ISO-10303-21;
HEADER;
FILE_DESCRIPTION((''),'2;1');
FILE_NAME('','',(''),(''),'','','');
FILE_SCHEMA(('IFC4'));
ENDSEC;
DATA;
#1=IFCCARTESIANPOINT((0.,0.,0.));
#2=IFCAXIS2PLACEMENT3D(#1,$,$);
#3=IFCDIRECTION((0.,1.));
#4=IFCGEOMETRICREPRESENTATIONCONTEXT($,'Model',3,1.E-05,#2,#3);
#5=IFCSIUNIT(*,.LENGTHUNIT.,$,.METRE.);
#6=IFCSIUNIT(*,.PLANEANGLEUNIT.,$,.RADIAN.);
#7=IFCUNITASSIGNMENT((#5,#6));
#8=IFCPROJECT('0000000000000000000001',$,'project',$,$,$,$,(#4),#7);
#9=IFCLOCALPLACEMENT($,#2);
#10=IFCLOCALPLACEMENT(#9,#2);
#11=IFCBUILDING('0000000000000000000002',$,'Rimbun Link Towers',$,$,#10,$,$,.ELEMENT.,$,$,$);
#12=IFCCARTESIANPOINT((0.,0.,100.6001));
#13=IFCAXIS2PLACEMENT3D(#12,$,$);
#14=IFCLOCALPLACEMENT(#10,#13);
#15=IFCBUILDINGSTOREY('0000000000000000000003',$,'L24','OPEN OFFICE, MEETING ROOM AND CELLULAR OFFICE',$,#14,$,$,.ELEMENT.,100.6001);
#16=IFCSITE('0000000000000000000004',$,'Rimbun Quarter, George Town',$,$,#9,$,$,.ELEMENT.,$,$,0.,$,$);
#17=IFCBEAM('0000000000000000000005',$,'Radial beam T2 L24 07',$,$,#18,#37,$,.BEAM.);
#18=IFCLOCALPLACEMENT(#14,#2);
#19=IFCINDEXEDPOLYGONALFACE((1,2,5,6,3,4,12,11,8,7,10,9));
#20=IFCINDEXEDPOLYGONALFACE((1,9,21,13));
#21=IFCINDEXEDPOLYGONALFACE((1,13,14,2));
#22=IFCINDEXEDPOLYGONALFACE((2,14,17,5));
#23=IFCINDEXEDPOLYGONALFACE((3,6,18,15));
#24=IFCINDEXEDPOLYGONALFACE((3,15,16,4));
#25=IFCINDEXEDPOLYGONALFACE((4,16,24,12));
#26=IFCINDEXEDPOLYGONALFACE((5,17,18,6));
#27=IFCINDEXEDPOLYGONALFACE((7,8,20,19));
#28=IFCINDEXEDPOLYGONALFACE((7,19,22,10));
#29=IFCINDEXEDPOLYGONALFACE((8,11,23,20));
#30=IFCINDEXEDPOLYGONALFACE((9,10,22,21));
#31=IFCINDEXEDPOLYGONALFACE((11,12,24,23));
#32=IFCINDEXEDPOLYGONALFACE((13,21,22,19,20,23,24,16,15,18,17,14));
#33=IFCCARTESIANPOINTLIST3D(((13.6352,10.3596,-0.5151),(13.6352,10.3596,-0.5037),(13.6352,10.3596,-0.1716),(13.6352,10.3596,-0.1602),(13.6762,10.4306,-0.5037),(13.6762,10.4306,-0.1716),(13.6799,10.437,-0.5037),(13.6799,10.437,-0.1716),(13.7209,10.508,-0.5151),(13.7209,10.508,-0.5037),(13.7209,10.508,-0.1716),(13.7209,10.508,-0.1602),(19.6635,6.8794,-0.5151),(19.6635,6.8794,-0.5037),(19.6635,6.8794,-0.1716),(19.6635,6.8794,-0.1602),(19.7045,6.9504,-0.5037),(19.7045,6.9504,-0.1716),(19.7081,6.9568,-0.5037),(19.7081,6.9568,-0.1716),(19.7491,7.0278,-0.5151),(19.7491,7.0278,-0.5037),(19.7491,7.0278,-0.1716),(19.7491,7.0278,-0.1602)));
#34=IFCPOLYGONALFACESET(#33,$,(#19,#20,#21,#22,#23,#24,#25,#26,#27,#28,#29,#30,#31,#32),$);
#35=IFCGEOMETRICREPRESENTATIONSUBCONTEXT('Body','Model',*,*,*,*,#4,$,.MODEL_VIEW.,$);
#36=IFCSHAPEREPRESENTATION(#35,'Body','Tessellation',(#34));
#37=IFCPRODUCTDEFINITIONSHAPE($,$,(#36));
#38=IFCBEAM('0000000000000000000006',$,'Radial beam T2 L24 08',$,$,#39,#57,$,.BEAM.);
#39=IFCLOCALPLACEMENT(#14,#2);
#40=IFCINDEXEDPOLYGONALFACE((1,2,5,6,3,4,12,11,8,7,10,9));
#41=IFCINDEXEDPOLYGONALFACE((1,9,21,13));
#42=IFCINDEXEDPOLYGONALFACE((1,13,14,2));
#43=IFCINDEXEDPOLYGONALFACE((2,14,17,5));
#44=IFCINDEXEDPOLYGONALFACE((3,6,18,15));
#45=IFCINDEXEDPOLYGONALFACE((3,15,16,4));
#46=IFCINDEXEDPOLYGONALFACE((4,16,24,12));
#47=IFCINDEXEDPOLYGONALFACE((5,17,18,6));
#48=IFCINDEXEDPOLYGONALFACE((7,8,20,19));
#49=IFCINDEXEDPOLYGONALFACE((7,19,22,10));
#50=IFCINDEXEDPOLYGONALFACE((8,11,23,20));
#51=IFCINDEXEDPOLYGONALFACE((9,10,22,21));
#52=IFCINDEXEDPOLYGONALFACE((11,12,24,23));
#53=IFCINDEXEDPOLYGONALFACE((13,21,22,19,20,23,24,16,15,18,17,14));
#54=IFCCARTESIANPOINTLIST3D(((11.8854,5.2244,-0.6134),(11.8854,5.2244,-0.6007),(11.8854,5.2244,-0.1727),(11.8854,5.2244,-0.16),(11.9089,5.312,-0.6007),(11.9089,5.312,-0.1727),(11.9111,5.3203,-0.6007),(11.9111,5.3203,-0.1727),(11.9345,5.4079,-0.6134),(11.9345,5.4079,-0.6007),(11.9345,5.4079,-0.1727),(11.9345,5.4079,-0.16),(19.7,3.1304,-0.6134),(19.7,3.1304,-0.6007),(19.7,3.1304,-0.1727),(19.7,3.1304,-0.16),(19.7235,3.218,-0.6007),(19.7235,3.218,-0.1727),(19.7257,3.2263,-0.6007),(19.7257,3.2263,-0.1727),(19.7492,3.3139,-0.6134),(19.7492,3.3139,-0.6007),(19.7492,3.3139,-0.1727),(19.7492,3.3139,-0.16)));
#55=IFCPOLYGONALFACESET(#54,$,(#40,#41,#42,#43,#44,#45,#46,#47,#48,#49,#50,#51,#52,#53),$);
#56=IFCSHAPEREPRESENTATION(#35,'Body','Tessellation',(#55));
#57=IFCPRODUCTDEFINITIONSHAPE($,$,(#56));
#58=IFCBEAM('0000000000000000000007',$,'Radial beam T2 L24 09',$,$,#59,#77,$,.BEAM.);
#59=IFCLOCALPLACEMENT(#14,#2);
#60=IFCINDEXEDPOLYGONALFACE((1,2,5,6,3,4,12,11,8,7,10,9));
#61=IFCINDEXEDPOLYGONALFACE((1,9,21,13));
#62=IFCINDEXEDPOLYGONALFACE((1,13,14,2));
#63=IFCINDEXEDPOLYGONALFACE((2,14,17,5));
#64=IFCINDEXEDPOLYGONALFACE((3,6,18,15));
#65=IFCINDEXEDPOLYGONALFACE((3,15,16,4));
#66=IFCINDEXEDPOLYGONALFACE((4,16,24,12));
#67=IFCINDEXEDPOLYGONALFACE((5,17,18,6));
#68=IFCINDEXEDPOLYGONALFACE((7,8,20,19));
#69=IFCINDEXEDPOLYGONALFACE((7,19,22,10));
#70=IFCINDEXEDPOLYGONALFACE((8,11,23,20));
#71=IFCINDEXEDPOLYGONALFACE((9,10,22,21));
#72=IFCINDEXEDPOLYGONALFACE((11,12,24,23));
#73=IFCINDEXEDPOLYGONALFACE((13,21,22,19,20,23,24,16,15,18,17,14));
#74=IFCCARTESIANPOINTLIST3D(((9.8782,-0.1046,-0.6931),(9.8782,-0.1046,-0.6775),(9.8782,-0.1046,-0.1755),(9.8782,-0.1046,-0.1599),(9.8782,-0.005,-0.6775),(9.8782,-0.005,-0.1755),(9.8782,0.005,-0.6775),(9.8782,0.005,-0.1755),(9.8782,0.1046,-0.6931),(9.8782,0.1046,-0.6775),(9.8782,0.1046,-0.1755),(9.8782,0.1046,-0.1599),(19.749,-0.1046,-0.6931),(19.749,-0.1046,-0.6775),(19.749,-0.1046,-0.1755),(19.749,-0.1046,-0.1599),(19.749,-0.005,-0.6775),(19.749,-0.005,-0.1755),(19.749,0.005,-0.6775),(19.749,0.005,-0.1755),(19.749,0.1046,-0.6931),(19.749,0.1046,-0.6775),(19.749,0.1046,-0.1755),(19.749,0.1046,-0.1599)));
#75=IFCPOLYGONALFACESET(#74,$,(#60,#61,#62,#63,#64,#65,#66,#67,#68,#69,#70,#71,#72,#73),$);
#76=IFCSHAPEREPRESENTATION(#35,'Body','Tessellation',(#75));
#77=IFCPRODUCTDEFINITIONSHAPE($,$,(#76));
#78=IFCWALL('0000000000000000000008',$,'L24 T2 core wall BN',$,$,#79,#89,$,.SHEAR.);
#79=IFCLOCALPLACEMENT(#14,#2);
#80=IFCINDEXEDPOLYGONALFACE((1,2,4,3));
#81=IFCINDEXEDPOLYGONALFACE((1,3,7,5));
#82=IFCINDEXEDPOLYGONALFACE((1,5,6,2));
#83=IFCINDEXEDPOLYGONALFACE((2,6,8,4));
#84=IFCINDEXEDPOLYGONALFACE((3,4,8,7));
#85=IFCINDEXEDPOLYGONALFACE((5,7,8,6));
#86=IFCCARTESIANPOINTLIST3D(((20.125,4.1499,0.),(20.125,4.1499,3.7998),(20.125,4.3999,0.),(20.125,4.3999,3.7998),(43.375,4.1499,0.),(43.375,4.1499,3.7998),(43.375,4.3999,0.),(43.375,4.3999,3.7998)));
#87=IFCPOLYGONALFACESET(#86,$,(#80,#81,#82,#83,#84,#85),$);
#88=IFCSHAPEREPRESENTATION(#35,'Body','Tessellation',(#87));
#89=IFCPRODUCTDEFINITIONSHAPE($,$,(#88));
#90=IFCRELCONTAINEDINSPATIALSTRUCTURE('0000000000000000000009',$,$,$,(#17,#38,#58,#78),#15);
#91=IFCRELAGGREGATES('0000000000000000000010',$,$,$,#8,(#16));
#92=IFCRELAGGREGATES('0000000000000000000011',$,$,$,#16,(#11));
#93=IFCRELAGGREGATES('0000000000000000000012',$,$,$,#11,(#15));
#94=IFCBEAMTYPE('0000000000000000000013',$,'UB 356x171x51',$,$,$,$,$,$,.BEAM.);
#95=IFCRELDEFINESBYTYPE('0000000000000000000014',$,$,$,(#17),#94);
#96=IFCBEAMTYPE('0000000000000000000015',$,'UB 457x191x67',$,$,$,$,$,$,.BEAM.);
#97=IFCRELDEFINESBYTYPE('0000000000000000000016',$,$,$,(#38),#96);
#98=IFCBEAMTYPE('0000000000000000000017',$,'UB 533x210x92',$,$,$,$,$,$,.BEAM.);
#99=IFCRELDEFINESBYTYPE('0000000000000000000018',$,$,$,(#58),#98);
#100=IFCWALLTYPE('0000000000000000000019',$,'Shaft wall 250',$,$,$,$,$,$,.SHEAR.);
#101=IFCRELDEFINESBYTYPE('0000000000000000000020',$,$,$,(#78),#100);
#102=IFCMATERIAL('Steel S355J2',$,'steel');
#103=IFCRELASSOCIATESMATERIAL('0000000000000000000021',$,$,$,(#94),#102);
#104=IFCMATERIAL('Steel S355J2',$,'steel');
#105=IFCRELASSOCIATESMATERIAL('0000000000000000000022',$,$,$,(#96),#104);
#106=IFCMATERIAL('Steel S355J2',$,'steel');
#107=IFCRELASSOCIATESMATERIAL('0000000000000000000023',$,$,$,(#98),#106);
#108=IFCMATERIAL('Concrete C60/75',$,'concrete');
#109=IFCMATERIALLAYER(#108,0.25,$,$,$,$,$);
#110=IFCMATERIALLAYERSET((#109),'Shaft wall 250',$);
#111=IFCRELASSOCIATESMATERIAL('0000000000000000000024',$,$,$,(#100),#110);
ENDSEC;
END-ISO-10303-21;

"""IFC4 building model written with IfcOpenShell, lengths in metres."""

from ifc_helpers import new_model, si_unit, direction, frame, frame_2d, origin, origin_2d, place, context, subcontext, project, spatial, rectangle, i_section, extrude, material, layer, layer_set, material_profile, profile_set, type_object, element, save


model = new_model("IFC4")

# Units and contexts
model_context = context("Model", 3, precision=1e-05, world=origin(), true_north=direction((0.0, 1.0)))
body_context = subcontext(model_context, "Body", "Model", "MODEL_VIEW")
ifc_project = project(units=[si_unit("LENGTHUNIT", "METRE"), si_unit("PLANEANGLEUNIT", "RADIAN")], contexts=[model_context])

# Site, building, storey
site_placement = place(None, origin())
site = spatial("IfcSite", under=ifc_project, at=site_placement, Name="Rimbun Quarter, George Town", CompositionType="ELEMENT", RefElevation=0.0)
building_placement = place(site_placement, origin())
building = spatial("IfcBuilding", under=site, at=building_placement, Name="Rimbun Link Towers", CompositionType="ELEMENT")
storey_placement = place(building_placement, frame((0.0, 0.0, 100.6001)))
storey = spatial("IfcBuildingStorey", under=building, at=storey_placement, Name="L24", Description="OPEN OFFICE, MEETING ROOM AND CELLULAR OFFICE", CompositionType="ELEMENT", Elevation=100.6001)

# Beams
ifc_material_1 = material(Name="Steel S355J2", Category="steel")
ifc_material_profile_1 = material_profile(ifc_material_1, i_section(OverallWidth=0.1714, OverallDepth=0.355, WebThickness=0.0073, FlangeThickness=0.0115, at=origin_2d()), Name="UB 356x171x51")
ifc_profile_set_1 = profile_set([ifc_material_profile_1], Name="Steel S355J2")
beam_type_1 = type_object("IfcBeamType", Name="UB 356x171x51", PredefinedType="BEAM", material=ifc_profile_set_1)
beam_1_placement = place(storey_placement, frame((19.7063, 6.9536, -0.3376), z_axis=(-0.86604, 0.499975, 0.0), x_axis=(-0.499975, -0.86604, 0.0)))
element("IfcBeam", 1, at=beam_1_placement, inside=storey, type_object=beam_type_1, Name="Radial beam T2 L24 07", PredefinedType="BEAM", context=body_context, shape_type="SweptSolid", body=[
    extrude(i_section(OverallWidth=0.1714, OverallDepth=0.355, WebThickness=0.0073, FlangeThickness=0.0115, at=origin_2d()), origin(), (0.0, 0.0, 1.0), 6.9607),
])
ifc_material_2 = material(Name="Steel S355J2", Category="steel")
ifc_material_profile_2 = material_profile(ifc_material_2, i_section(OverallWidth=0.1899, OverallDepth=0.4534, WebThickness=0.0085, FlangeThickness=0.0127, at=origin_2d()), Name="UB 457x191x67")
ifc_profile_set_2 = profile_set([ifc_material_profile_2], Name="Steel S355J2")
beam_type_2 = type_object("IfcBeamType", Name="UB 457x191x67", PredefinedType="BEAM", material=ifc_profile_set_2)
beam_2_placement = place(storey_placement, frame((19.7246, 3.2222, -0.3867), z_axis=(-0.965924, 0.258825, 0.0), x_axis=(-0.258825, -0.965924, 0.0)))
element("IfcBeam", 2, at=beam_2_placement, inside=storey, type_object=beam_type_2, Name="Radial beam T2 L24 08", PredefinedType="BEAM", context=body_context, shape_type="SweptSolid", body=[
    extrude(i_section(OverallWidth=0.1899, OverallDepth=0.4534, WebThickness=0.0085, FlangeThickness=0.0127, at=origin_2d()), origin(), (0.0, 0.0, 1.0), 8.0903),
])
ifc_material_3 = material(Name="Steel S355J2", Category="steel")
ifc_material_profile_3 = material_profile(ifc_material_3, i_section(OverallWidth=0.2092, OverallDepth=0.5332, WebThickness=0.01, FlangeThickness=0.0156, at=origin_2d()), Name="UB 533x210x92")
ifc_profile_set_3 = profile_set([ifc_material_profile_3], Name="Steel S355J2")
beam_type_3 = type_object("IfcBeamType", Name="UB 533x210x92", PredefinedType="BEAM", material=ifc_profile_set_3)
beam_3_placement = place(storey_placement, frame((19.749, 0.0, -0.4265), z_axis=(-1.0, 0.0, 0.0), x_axis=(0.0, -1.0, 0.0)))
element("IfcBeam", 3, at=beam_3_placement, inside=storey, type_object=beam_type_3, Name="Radial beam T2 L24 09", PredefinedType="BEAM", context=body_context, shape_type="SweptSolid", body=[
    extrude(i_section(OverallWidth=0.2092, OverallDepth=0.5332, WebThickness=0.01, FlangeThickness=0.0156, at=origin_2d()), origin(), (0.0, 0.0, 1.0), 9.8708),
])

# Wall
ifc_material_4 = material(Name="Concrete C60/75", Category="concrete")
ifc_layer = layer(ifc_material_4, 0.25)
ifc_layer_set = layer_set([ifc_layer], Name="Shaft wall 250")
wall_type = type_object("IfcWallType", Name="Shaft wall 250", PredefinedType="SHEAR", material=ifc_layer_set)
wall_1_placement = place(storey_placement, frame((20.125, 4.2749, 0.0), z_axis=(0.0, 0.0, 1.0), x_axis=(1.0, 0.0, 0.0)))
element("IfcWall", 4, at=wall_1_placement, inside=storey, type_object=wall_type, Name="L24 T2 core wall BN", PredefinedType="SHEAR", context=body_context, shape_type="SweptSolid", body=[
    extrude(rectangle(XDim=23.25, YDim=0.25, at=frame_2d((11.625, 0.0))), origin(), (0.0, 0.0, 1.0), 3.7998),
])

save(model, "model.ifc")
